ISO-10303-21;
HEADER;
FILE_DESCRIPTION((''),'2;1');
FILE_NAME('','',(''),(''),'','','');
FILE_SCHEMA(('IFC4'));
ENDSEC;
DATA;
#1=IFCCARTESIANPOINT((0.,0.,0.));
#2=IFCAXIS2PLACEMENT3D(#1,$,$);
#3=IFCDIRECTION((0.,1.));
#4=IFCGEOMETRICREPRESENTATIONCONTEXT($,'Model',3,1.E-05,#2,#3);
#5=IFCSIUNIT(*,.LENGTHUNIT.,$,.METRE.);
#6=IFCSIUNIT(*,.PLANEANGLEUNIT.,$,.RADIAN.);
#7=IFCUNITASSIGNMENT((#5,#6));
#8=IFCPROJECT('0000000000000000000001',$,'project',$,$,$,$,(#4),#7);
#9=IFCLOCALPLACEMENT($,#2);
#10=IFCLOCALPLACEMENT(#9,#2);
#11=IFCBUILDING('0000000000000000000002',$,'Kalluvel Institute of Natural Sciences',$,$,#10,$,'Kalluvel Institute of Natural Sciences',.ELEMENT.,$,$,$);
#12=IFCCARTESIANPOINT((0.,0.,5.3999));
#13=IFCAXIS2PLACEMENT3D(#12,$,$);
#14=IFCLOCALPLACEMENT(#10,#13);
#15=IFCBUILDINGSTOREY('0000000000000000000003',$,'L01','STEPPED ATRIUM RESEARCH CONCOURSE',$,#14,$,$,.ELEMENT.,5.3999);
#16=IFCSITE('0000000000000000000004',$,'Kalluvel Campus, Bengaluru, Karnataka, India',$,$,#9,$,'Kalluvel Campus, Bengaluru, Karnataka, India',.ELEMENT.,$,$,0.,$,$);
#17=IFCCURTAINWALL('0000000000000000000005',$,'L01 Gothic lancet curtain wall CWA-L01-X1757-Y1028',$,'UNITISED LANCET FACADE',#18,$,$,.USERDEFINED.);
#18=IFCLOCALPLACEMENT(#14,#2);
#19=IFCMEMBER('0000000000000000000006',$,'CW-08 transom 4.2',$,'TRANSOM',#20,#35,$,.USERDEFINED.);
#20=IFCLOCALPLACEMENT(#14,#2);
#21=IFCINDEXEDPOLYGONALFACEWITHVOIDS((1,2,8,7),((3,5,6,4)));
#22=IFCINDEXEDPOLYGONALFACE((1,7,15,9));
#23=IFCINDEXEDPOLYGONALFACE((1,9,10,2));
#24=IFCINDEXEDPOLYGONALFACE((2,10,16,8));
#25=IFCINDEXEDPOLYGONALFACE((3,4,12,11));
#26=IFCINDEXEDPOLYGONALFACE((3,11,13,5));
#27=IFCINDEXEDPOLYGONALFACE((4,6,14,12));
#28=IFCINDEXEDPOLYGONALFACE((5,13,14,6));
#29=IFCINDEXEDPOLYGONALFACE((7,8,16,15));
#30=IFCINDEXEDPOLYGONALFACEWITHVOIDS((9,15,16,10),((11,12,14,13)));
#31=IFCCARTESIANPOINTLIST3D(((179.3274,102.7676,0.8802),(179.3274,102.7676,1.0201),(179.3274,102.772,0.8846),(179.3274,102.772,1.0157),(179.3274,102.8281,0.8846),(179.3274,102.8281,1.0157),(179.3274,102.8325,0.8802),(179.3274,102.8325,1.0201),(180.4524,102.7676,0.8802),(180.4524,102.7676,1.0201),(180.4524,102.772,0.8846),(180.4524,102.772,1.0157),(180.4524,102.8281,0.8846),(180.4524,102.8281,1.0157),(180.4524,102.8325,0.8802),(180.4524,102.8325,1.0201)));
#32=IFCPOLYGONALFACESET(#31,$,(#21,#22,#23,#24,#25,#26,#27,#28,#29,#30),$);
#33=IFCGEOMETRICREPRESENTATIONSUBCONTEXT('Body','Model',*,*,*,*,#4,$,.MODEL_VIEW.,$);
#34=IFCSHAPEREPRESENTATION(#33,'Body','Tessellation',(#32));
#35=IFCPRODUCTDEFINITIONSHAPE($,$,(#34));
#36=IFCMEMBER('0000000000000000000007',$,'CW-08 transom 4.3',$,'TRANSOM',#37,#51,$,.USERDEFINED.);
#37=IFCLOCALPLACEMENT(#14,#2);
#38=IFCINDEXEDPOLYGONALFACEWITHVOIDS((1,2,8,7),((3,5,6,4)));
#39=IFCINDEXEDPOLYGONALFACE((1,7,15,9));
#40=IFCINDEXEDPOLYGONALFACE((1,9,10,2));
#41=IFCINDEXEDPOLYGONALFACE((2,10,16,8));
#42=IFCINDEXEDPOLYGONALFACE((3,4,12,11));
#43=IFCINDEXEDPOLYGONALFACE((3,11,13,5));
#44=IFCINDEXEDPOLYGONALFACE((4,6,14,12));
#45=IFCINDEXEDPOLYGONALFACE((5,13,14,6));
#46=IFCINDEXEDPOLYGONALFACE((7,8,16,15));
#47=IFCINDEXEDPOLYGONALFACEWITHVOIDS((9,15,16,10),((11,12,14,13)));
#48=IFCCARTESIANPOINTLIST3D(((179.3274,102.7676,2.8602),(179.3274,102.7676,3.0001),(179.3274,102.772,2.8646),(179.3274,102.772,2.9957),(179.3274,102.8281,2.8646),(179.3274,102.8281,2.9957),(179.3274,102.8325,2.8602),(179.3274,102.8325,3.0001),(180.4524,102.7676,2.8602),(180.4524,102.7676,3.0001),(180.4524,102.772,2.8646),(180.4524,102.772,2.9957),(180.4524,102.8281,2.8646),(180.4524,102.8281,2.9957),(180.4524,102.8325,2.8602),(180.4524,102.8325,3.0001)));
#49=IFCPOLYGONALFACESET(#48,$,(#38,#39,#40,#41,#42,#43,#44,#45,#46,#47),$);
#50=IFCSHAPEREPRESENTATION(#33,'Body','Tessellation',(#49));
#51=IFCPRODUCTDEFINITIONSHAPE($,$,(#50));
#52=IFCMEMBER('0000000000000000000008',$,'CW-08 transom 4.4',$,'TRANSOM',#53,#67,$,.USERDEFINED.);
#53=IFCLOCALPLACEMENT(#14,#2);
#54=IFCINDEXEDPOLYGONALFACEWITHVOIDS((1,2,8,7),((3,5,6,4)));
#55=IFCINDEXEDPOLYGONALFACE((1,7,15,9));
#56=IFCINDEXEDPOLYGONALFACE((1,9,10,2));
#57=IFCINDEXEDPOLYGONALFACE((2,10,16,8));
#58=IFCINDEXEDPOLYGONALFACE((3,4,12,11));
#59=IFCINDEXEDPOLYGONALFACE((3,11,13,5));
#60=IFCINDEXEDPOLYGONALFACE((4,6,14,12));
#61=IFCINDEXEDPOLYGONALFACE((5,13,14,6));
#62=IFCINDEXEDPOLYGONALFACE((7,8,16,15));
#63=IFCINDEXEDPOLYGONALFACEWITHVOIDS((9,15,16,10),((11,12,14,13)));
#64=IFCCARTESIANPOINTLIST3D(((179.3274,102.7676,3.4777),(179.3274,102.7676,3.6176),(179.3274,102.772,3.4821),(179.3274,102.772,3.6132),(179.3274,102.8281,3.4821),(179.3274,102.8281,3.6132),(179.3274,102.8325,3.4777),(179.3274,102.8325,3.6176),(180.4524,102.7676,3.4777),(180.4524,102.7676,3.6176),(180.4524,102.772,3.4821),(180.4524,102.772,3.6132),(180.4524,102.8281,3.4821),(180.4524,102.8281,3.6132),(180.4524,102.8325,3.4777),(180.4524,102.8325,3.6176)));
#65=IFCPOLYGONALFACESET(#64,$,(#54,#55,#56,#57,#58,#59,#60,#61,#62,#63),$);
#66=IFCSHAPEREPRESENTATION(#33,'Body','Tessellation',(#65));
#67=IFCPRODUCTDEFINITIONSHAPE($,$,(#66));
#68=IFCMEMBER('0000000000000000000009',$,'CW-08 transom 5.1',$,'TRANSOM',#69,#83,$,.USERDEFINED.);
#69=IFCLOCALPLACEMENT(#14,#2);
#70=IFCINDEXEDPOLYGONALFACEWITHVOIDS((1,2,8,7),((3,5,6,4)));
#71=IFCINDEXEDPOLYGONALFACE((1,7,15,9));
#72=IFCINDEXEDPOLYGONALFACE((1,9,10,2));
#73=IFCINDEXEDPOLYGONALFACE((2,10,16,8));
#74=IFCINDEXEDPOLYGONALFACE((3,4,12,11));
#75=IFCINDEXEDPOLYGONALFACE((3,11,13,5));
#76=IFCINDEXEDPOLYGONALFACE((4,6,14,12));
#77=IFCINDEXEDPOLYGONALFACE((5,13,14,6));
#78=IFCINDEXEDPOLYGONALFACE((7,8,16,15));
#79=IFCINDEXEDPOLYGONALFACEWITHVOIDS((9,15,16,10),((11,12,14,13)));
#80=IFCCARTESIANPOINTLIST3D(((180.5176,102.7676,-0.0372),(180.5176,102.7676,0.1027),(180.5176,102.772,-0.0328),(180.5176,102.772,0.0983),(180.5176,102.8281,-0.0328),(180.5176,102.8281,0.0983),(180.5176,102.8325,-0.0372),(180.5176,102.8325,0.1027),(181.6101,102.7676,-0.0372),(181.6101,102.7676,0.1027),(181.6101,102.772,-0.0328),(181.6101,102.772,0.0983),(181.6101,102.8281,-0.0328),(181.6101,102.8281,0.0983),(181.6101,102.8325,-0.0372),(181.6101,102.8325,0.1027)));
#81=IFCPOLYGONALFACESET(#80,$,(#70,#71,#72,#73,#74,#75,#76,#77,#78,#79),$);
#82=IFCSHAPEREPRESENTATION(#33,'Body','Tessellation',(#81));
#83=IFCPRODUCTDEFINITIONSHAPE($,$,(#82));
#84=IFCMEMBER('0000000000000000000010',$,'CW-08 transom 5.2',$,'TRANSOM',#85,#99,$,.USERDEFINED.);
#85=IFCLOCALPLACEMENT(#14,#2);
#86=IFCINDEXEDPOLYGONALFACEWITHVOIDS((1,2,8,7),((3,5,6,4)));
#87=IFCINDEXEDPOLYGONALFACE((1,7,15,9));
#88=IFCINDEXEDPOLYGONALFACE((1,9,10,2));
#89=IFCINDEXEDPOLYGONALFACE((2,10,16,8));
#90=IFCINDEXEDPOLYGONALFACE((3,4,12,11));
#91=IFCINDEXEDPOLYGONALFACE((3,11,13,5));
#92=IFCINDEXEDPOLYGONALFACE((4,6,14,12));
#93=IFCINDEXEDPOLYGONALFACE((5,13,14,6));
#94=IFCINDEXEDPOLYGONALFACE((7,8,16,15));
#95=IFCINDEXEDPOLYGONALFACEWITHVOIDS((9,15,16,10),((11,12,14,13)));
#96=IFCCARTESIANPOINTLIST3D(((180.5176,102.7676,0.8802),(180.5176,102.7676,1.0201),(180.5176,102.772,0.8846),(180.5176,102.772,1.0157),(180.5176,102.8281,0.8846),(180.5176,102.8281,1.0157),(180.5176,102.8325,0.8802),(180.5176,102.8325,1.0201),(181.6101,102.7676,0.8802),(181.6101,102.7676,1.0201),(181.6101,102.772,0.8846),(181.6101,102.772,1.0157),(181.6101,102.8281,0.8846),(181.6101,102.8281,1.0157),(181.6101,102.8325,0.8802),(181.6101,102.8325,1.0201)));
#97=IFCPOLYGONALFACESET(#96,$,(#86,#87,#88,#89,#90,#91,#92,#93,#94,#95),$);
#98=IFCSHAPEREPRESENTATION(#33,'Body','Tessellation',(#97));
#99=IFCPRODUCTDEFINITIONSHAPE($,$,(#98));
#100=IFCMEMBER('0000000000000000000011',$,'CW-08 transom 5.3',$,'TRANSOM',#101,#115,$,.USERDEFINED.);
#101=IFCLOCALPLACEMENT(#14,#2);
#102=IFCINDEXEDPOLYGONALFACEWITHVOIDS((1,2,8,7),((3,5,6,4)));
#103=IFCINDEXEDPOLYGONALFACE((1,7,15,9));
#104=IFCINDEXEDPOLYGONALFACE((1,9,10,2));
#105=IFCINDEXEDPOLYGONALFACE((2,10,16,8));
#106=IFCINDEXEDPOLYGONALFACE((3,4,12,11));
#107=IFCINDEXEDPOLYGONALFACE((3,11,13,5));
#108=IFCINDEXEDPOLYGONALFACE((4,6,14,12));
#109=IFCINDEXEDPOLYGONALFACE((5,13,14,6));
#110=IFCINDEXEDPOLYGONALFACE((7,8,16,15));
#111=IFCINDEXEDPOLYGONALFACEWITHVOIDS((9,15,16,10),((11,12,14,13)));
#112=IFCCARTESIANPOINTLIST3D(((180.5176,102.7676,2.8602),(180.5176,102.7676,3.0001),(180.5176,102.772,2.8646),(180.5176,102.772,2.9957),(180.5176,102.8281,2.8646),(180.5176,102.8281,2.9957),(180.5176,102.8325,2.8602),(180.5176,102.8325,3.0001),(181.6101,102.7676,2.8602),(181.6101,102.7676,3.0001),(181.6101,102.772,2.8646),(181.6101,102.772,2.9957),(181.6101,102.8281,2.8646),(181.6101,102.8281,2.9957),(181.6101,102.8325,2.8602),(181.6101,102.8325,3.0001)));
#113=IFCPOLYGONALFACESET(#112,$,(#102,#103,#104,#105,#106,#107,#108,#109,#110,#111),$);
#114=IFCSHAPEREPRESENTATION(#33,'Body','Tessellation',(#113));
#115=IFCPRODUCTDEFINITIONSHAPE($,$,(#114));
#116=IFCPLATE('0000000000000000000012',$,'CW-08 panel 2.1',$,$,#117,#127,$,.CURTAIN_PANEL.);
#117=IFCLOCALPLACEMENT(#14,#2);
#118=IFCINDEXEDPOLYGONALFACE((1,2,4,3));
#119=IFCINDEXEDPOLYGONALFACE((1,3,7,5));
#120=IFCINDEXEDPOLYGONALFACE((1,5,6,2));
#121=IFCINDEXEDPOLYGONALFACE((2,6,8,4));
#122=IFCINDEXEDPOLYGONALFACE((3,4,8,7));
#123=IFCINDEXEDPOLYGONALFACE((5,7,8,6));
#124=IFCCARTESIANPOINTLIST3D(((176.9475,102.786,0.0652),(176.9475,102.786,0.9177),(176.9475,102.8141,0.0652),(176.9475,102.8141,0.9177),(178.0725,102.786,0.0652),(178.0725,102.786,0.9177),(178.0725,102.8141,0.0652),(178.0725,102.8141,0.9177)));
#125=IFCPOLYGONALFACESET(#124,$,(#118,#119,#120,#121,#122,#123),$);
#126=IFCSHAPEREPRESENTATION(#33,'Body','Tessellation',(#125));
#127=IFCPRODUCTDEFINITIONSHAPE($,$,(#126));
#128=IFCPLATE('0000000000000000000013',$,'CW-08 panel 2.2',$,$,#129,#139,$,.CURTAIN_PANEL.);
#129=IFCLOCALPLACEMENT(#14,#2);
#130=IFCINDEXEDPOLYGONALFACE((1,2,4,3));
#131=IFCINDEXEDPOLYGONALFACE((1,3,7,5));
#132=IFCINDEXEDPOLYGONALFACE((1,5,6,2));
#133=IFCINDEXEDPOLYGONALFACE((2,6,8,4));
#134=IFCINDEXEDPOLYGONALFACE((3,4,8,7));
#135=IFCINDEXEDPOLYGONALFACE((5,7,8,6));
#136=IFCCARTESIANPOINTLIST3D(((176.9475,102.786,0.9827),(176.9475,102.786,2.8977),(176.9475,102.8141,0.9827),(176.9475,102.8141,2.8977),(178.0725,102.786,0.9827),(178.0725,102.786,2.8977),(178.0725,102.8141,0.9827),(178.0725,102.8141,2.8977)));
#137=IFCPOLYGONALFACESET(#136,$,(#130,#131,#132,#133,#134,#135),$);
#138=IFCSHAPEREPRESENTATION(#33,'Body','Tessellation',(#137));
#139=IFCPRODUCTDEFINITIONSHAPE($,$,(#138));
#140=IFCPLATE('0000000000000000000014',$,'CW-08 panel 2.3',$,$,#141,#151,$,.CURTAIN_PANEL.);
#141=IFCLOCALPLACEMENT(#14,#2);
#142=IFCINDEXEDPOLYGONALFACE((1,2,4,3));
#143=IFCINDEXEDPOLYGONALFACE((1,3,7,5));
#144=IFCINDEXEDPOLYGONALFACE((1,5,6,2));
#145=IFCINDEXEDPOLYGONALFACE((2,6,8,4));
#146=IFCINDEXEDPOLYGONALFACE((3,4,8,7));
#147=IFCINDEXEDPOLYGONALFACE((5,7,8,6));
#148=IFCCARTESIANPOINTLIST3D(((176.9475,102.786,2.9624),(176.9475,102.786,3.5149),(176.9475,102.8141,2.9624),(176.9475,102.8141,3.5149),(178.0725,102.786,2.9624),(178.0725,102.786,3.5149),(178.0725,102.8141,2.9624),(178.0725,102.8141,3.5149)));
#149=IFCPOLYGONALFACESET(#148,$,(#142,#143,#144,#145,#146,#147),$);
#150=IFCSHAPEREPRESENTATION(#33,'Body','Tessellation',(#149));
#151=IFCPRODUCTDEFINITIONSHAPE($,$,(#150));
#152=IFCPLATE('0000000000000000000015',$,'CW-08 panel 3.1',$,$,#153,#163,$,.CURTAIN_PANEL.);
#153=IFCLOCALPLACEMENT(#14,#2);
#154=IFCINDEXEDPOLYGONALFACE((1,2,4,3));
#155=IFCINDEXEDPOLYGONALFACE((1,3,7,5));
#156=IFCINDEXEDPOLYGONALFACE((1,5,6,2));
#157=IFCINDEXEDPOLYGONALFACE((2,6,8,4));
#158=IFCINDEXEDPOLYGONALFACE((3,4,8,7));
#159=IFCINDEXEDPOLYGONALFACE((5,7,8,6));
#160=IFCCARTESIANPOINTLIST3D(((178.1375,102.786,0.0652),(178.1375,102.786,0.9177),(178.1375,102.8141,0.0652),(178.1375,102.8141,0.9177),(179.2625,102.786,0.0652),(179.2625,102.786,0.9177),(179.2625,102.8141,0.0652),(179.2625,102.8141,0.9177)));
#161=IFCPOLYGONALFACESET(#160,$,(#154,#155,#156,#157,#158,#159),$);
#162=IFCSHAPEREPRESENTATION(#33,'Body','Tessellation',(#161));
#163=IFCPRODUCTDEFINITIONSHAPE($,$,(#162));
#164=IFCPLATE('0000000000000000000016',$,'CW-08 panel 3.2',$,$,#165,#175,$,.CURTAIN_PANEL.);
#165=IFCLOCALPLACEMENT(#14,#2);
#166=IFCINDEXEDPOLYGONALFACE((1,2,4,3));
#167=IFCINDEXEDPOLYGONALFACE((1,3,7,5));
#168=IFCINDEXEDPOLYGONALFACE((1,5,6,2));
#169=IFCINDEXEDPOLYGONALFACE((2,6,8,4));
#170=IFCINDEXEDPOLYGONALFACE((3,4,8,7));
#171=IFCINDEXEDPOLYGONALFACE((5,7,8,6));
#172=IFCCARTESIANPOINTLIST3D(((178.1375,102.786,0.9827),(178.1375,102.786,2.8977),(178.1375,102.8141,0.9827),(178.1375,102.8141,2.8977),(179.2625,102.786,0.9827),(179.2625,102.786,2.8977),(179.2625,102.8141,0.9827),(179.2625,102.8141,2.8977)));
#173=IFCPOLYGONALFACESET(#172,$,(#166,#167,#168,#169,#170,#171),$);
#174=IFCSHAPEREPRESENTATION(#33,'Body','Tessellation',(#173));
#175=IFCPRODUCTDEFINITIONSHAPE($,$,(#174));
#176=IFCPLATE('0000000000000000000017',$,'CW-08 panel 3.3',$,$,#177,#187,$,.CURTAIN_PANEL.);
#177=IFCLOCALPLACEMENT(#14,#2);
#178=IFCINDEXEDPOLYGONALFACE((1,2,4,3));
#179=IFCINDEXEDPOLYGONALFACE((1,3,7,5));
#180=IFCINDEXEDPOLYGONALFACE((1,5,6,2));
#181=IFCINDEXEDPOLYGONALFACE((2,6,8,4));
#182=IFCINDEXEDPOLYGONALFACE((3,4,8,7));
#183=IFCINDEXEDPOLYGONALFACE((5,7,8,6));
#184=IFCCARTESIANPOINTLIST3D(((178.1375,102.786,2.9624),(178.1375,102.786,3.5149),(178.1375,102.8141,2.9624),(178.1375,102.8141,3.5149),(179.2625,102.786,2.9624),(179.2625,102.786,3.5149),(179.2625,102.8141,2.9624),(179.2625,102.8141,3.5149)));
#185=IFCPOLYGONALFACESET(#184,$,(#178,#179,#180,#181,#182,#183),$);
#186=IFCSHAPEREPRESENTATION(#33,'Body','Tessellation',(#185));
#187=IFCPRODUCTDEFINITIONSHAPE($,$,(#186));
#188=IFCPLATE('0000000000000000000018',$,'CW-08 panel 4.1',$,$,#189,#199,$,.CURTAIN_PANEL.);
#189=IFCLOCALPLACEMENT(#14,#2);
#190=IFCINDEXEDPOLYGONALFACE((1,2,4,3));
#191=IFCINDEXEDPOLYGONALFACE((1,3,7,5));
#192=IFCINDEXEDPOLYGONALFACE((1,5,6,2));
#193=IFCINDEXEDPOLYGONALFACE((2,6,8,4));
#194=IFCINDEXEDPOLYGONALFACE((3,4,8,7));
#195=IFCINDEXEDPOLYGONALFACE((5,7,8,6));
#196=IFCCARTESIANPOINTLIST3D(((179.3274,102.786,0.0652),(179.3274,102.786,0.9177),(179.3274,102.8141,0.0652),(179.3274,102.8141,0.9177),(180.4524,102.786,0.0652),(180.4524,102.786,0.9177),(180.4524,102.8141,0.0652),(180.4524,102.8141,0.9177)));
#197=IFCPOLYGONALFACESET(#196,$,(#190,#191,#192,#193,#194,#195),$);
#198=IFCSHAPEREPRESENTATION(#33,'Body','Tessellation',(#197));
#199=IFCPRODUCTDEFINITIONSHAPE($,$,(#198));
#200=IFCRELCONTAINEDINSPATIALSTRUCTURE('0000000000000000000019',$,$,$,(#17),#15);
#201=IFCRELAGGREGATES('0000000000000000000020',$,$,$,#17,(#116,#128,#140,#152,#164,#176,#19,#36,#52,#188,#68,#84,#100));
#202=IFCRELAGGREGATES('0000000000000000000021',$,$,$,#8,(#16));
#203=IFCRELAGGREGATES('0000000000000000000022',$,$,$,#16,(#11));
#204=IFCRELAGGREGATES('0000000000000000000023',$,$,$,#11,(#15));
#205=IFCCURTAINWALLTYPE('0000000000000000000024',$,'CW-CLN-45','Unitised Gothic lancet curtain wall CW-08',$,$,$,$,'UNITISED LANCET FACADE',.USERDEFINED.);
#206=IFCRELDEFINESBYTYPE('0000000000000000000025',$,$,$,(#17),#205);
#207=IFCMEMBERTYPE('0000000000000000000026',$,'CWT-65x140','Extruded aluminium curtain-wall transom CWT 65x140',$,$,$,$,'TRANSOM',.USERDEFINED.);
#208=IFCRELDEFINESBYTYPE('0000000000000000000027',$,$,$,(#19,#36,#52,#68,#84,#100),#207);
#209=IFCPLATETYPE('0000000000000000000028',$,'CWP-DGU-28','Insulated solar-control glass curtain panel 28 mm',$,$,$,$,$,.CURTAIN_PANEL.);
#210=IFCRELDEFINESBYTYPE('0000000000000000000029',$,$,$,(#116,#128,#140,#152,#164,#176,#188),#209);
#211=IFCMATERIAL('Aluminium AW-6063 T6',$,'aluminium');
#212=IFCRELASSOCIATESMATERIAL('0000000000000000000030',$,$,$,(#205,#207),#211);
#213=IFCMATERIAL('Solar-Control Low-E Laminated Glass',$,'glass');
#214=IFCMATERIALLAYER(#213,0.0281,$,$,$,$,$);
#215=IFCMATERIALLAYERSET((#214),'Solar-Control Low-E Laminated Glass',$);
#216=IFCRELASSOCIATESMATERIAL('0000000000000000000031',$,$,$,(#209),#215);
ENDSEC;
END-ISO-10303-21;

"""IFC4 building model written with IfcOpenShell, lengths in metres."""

from ifc_helpers import new_model, si_unit, direction, frame, origin, origin_2d, place, context, subcontext, project, spatial, rectangle, hollow_rectangle, extrude, material, layer, layer_set, material_profile, profile_set, type_object, element, aggregate, save


model = new_model("IFC4")

# Units and contexts
model_context = context("Model", 3, precision=1e-05, world=origin(), true_north=direction((0.0, 1.0)))
body_context = subcontext(model_context, "Body", "Model", "MODEL_VIEW")
ifc_project = project(units=[si_unit("LENGTHUNIT", "METRE"), si_unit("PLANEANGLEUNIT", "RADIAN")], contexts=[model_context])

# Site, building, storey
site_placement = place(None, origin())
site = spatial("IfcSite", under=ifc_project, at=site_placement, Name="Kalluvel Campus, Bengaluru, Karnataka, India", LongName="Kalluvel Campus, Bengaluru, Karnataka, India", CompositionType="ELEMENT", RefElevation=0.0)
building_placement = place(site_placement, origin())
building = spatial("IfcBuilding", under=site, at=building_placement, Name="Kalluvel Institute of Natural Sciences", LongName="Kalluvel Institute of Natural Sciences", CompositionType="ELEMENT")
storey_placement = place(building_placement, frame((0.0, 0.0, 5.3999)))
storey = spatial("IfcBuildingStorey", under=building, at=storey_placement, Name="L01", Description="STEPPED ATRIUM RESEARCH CONCOURSE", CompositionType="ELEMENT", Elevation=5.3999)

# Curtain wall, members, plates
ifc_material_1 = material(Name="Aluminium AW-6063 T6", Category="aluminium")
curtain_wall_type = type_object("IfcCurtainWallType", Name="CW-CLN-45", Description="Unitised Gothic lancet curtain wall CW-08", ElementType="UNITISED LANCET FACADE", PredefinedType="USERDEFINED", material=ifc_material_1)
curtain_wall_placement = place(storey_placement, origin())
curtain_wall = element("IfcCurtainWall", 1, at=curtain_wall_placement, inside=storey, type_object=curtain_wall_type, Name="L01 Gothic lancet curtain wall CWA-L01-X1757-Y1028", ObjectType="UNITISED LANCET FACADE", PredefinedType="USERDEFINED")
ifc_material_profile_1 = material_profile(ifc_material_1, hollow_rectangle(XDim=0.0649, YDim=0.1399, WallThickness=0.0044, at=origin_2d()), Name="CWT 65x140")
ifc_profile_set_1 = profile_set([ifc_material_profile_1], Name="Aluminium AW-6063 T6")
member_type_1 = type_object("IfcMemberType", Name="CWT-65x140", Description="Extruded aluminium curtain-wall transom CWT 65x140", ElementType="TRANSOM", PredefinedType="USERDEFINED", material=ifc_profile_set_1)
member_1_placement = place(storey_placement, frame((179.3274, 102.8, 0.9502), z_axis=(1.0, 0.0, 0.0), x_axis=(0.0, 1.0, 0.0)))
member_1 = element("IfcMember", 2, at=member_1_placement, type_object=member_type_1, Name="CW-08 transom 4.2", ObjectType="TRANSOM", PredefinedType="USERDEFINED", context=body_context, shape_type="SweptSolid", body=[
    extrude(hollow_rectangle(XDim=0.0649, YDim=0.1399, WallThickness=0.0044, at=origin_2d()), origin(), (0.0, 0.0, 1.0), 1.125),
])
member_2_placement = place(storey_placement, frame((179.3274, 102.8, 2.9302), z_axis=(1.0, 0.0, 0.0), x_axis=(0.0, 1.0, 0.0)))
member_2 = element("IfcMember", 3, at=member_2_placement, type_object=member_type_1, Name="CW-08 transom 4.3", ObjectType="TRANSOM", PredefinedType="USERDEFINED", context=body_context, shape_type="SweptSolid", body=[
    extrude(hollow_rectangle(XDim=0.0649, YDim=0.1399, WallThickness=0.0044, at=origin_2d()), origin(), (0.0, 0.0, 1.0), 1.125),
])
member_3_placement = place(storey_placement, frame((179.3274, 102.8, 3.5476), z_axis=(1.0, 0.0, 0.0), x_axis=(0.0, 1.0, 0.0)))
member_3 = element("IfcMember", 4, at=member_3_placement, type_object=member_type_1, Name="CW-08 transom 4.4", ObjectType="TRANSOM", PredefinedType="USERDEFINED", context=body_context, shape_type="SweptSolid", body=[
    extrude(hollow_rectangle(XDim=0.0649, YDim=0.1399, WallThickness=0.0044, at=origin_2d()), origin(), (0.0, 0.0, 1.0), 1.125),
])
member_4_placement = place(storey_placement, frame((180.5176, 102.8, 0.0327), z_axis=(1.0, 0.0, 0.0), x_axis=(0.0, 1.0, 0.0)))
member_4 = element("IfcMember", 5, at=member_4_placement, type_object=member_type_1, Name="CW-08 transom 5.1", ObjectType="TRANSOM", PredefinedType="USERDEFINED", context=body_context, shape_type="SweptSolid", body=[
    extrude(hollow_rectangle(XDim=0.0649, YDim=0.1399, WallThickness=0.0044, at=origin_2d()), origin(), (0.0, 0.0, 1.0), 1.0925),
])
member_5_placement = place(storey_placement, frame((180.5176, 102.8, 0.9502), z_axis=(1.0, 0.0, 0.0), x_axis=(0.0, 1.0, 0.0)))
member_5 = element("IfcMember", 6, at=member_5_placement, type_object=member_type_1, Name="CW-08 transom 5.2", ObjectType="TRANSOM", PredefinedType="USERDEFINED", context=body_context, shape_type="SweptSolid", body=[
    extrude(hollow_rectangle(XDim=0.0649, YDim=0.1399, WallThickness=0.0044, at=origin_2d()), origin(), (0.0, 0.0, 1.0), 1.0925),
])
member_6_placement = place(storey_placement, frame((180.5176, 102.8, 2.9302), z_axis=(1.0, 0.0, 0.0), x_axis=(0.0, 1.0, 0.0)))
member_6 = element("IfcMember", 7, at=member_6_placement, type_object=member_type_1, Name="CW-08 transom 5.3", ObjectType="TRANSOM", PredefinedType="USERDEFINED", context=body_context, shape_type="SweptSolid", body=[
    extrude(hollow_rectangle(XDim=0.0649, YDim=0.1399, WallThickness=0.0044, at=origin_2d()), origin(), (0.0, 0.0, 1.0), 1.0925),
])
ifc_material_2 = material(Name="Solar-Control Low-E Laminated Glass", Category="glass")
ifc_layer = layer(ifc_material_2, 0.0281)
ifc_layer_set = layer_set([ifc_layer], Name="Solar-Control Low-E Laminated Glass")
plate_type = type_object("IfcPlateType", Name="CWP-DGU-28", Description="Insulated solar-control glass curtain panel 28 mm", PredefinedType="CURTAIN_PANEL", material=ifc_layer_set)
plate_1_placement = place(storey_placement, frame((177.51, 102.8, 0.0652), z_axis=(0.0, 0.0, 1.0), x_axis=(1.0, 0.0, 0.0)))
plate_1 = element("IfcPlate", 8, at=plate_1_placement, type_object=plate_type, Name="CW-08 panel 2.1", PredefinedType="CURTAIN_PANEL", context=body_context, shape_type="SweptSolid", body=[
    extrude(rectangle(XDim=1.125, YDim=0.0281, at=origin_2d()), origin(), (0.0, 0.0, 1.0), 0.8525),
])
plate_2_placement = place(storey_placement, frame((177.51, 102.8, 0.9827), z_axis=(0.0, 0.0, 1.0), x_axis=(1.0, 0.0, 0.0)))
plate_2 = element("IfcPlate", 9, at=plate_2_placement, type_object=plate_type, Name="CW-08 panel 2.2", PredefinedType="CURTAIN_PANEL", context=body_context, shape_type="SweptSolid", body=[
    extrude(rectangle(XDim=1.125, YDim=0.0281, at=origin_2d()), origin(), (0.0, 0.0, 1.0), 1.915),
])
plate_3_placement = place(storey_placement, frame((177.51, 102.8, 2.9624), z_axis=(0.0, 0.0, 1.0), x_axis=(1.0, 0.0, 0.0)))
plate_3 = element("IfcPlate", 10, at=plate_3_placement, type_object=plate_type, Name="CW-08 panel 2.3", PredefinedType="CURTAIN_PANEL", context=body_context, shape_type="SweptSolid", body=[
    extrude(rectangle(XDim=1.125, YDim=0.0281, at=origin_2d()), origin(), (0.0, 0.0, 1.0), 0.5525),
])
plate_4_placement = place(storey_placement, frame((178.7, 102.8, 0.0652), z_axis=(0.0, 0.0, 1.0), x_axis=(1.0, 0.0, 0.0)))
plate_4 = element("IfcPlate", 11, at=plate_4_placement, type_object=plate_type, Name="CW-08 panel 3.1", PredefinedType="CURTAIN_PANEL", context=body_context, shape_type="SweptSolid", body=[
    extrude(rectangle(XDim=1.125, YDim=0.0281, at=origin_2d()), origin(), (0.0, 0.0, 1.0), 0.8525),
])
plate_5_placement = place(storey_placement, frame((178.7, 102.8, 0.9827), z_axis=(0.0, 0.0, 1.0), x_axis=(1.0, 0.0, 0.0)))
plate_5 = element("IfcPlate", 12, at=plate_5_placement, type_object=plate_type, Name="CW-08 panel 3.2", PredefinedType="CURTAIN_PANEL", context=body_context, shape_type="SweptSolid", body=[
    extrude(rectangle(XDim=1.125, YDim=0.0281, at=origin_2d()), origin(), (0.0, 0.0, 1.0), 1.915),
])
plate_6_placement = place(storey_placement, frame((178.7, 102.8, 2.9624), z_axis=(0.0, 0.0, 1.0), x_axis=(1.0, 0.0, 0.0)))
plate_6 = element("IfcPlate", 13, at=plate_6_placement, type_object=plate_type, Name="CW-08 panel 3.3", PredefinedType="CURTAIN_PANEL", context=body_context, shape_type="SweptSolid", body=[
    extrude(rectangle(XDim=1.125, YDim=0.0281, at=origin_2d()), origin(), (0.0, 0.0, 1.0), 0.5525),
])
plate_7_placement = place(storey_placement, frame((179.8899, 102.8, 0.0652), z_axis=(0.0, 0.0, 1.0), x_axis=(1.0, 0.0, 0.0)))
plate_7 = element("IfcPlate", 14, at=plate_7_placement, type_object=plate_type, Name="CW-08 panel 4.1", PredefinedType="CURTAIN_PANEL", context=body_context, shape_type="SweptSolid", body=[
    extrude(rectangle(XDim=1.125, YDim=0.0281, at=origin_2d()), origin(), (0.0, 0.0, 1.0), 0.8525),
])
aggregate(curtain_wall, [plate_1, plate_2, plate_3, plate_4, plate_5, plate_6, member_1, member_2, member_3, plate_7, member_4, member_5, member_6])

save(model, "model.ifc")
